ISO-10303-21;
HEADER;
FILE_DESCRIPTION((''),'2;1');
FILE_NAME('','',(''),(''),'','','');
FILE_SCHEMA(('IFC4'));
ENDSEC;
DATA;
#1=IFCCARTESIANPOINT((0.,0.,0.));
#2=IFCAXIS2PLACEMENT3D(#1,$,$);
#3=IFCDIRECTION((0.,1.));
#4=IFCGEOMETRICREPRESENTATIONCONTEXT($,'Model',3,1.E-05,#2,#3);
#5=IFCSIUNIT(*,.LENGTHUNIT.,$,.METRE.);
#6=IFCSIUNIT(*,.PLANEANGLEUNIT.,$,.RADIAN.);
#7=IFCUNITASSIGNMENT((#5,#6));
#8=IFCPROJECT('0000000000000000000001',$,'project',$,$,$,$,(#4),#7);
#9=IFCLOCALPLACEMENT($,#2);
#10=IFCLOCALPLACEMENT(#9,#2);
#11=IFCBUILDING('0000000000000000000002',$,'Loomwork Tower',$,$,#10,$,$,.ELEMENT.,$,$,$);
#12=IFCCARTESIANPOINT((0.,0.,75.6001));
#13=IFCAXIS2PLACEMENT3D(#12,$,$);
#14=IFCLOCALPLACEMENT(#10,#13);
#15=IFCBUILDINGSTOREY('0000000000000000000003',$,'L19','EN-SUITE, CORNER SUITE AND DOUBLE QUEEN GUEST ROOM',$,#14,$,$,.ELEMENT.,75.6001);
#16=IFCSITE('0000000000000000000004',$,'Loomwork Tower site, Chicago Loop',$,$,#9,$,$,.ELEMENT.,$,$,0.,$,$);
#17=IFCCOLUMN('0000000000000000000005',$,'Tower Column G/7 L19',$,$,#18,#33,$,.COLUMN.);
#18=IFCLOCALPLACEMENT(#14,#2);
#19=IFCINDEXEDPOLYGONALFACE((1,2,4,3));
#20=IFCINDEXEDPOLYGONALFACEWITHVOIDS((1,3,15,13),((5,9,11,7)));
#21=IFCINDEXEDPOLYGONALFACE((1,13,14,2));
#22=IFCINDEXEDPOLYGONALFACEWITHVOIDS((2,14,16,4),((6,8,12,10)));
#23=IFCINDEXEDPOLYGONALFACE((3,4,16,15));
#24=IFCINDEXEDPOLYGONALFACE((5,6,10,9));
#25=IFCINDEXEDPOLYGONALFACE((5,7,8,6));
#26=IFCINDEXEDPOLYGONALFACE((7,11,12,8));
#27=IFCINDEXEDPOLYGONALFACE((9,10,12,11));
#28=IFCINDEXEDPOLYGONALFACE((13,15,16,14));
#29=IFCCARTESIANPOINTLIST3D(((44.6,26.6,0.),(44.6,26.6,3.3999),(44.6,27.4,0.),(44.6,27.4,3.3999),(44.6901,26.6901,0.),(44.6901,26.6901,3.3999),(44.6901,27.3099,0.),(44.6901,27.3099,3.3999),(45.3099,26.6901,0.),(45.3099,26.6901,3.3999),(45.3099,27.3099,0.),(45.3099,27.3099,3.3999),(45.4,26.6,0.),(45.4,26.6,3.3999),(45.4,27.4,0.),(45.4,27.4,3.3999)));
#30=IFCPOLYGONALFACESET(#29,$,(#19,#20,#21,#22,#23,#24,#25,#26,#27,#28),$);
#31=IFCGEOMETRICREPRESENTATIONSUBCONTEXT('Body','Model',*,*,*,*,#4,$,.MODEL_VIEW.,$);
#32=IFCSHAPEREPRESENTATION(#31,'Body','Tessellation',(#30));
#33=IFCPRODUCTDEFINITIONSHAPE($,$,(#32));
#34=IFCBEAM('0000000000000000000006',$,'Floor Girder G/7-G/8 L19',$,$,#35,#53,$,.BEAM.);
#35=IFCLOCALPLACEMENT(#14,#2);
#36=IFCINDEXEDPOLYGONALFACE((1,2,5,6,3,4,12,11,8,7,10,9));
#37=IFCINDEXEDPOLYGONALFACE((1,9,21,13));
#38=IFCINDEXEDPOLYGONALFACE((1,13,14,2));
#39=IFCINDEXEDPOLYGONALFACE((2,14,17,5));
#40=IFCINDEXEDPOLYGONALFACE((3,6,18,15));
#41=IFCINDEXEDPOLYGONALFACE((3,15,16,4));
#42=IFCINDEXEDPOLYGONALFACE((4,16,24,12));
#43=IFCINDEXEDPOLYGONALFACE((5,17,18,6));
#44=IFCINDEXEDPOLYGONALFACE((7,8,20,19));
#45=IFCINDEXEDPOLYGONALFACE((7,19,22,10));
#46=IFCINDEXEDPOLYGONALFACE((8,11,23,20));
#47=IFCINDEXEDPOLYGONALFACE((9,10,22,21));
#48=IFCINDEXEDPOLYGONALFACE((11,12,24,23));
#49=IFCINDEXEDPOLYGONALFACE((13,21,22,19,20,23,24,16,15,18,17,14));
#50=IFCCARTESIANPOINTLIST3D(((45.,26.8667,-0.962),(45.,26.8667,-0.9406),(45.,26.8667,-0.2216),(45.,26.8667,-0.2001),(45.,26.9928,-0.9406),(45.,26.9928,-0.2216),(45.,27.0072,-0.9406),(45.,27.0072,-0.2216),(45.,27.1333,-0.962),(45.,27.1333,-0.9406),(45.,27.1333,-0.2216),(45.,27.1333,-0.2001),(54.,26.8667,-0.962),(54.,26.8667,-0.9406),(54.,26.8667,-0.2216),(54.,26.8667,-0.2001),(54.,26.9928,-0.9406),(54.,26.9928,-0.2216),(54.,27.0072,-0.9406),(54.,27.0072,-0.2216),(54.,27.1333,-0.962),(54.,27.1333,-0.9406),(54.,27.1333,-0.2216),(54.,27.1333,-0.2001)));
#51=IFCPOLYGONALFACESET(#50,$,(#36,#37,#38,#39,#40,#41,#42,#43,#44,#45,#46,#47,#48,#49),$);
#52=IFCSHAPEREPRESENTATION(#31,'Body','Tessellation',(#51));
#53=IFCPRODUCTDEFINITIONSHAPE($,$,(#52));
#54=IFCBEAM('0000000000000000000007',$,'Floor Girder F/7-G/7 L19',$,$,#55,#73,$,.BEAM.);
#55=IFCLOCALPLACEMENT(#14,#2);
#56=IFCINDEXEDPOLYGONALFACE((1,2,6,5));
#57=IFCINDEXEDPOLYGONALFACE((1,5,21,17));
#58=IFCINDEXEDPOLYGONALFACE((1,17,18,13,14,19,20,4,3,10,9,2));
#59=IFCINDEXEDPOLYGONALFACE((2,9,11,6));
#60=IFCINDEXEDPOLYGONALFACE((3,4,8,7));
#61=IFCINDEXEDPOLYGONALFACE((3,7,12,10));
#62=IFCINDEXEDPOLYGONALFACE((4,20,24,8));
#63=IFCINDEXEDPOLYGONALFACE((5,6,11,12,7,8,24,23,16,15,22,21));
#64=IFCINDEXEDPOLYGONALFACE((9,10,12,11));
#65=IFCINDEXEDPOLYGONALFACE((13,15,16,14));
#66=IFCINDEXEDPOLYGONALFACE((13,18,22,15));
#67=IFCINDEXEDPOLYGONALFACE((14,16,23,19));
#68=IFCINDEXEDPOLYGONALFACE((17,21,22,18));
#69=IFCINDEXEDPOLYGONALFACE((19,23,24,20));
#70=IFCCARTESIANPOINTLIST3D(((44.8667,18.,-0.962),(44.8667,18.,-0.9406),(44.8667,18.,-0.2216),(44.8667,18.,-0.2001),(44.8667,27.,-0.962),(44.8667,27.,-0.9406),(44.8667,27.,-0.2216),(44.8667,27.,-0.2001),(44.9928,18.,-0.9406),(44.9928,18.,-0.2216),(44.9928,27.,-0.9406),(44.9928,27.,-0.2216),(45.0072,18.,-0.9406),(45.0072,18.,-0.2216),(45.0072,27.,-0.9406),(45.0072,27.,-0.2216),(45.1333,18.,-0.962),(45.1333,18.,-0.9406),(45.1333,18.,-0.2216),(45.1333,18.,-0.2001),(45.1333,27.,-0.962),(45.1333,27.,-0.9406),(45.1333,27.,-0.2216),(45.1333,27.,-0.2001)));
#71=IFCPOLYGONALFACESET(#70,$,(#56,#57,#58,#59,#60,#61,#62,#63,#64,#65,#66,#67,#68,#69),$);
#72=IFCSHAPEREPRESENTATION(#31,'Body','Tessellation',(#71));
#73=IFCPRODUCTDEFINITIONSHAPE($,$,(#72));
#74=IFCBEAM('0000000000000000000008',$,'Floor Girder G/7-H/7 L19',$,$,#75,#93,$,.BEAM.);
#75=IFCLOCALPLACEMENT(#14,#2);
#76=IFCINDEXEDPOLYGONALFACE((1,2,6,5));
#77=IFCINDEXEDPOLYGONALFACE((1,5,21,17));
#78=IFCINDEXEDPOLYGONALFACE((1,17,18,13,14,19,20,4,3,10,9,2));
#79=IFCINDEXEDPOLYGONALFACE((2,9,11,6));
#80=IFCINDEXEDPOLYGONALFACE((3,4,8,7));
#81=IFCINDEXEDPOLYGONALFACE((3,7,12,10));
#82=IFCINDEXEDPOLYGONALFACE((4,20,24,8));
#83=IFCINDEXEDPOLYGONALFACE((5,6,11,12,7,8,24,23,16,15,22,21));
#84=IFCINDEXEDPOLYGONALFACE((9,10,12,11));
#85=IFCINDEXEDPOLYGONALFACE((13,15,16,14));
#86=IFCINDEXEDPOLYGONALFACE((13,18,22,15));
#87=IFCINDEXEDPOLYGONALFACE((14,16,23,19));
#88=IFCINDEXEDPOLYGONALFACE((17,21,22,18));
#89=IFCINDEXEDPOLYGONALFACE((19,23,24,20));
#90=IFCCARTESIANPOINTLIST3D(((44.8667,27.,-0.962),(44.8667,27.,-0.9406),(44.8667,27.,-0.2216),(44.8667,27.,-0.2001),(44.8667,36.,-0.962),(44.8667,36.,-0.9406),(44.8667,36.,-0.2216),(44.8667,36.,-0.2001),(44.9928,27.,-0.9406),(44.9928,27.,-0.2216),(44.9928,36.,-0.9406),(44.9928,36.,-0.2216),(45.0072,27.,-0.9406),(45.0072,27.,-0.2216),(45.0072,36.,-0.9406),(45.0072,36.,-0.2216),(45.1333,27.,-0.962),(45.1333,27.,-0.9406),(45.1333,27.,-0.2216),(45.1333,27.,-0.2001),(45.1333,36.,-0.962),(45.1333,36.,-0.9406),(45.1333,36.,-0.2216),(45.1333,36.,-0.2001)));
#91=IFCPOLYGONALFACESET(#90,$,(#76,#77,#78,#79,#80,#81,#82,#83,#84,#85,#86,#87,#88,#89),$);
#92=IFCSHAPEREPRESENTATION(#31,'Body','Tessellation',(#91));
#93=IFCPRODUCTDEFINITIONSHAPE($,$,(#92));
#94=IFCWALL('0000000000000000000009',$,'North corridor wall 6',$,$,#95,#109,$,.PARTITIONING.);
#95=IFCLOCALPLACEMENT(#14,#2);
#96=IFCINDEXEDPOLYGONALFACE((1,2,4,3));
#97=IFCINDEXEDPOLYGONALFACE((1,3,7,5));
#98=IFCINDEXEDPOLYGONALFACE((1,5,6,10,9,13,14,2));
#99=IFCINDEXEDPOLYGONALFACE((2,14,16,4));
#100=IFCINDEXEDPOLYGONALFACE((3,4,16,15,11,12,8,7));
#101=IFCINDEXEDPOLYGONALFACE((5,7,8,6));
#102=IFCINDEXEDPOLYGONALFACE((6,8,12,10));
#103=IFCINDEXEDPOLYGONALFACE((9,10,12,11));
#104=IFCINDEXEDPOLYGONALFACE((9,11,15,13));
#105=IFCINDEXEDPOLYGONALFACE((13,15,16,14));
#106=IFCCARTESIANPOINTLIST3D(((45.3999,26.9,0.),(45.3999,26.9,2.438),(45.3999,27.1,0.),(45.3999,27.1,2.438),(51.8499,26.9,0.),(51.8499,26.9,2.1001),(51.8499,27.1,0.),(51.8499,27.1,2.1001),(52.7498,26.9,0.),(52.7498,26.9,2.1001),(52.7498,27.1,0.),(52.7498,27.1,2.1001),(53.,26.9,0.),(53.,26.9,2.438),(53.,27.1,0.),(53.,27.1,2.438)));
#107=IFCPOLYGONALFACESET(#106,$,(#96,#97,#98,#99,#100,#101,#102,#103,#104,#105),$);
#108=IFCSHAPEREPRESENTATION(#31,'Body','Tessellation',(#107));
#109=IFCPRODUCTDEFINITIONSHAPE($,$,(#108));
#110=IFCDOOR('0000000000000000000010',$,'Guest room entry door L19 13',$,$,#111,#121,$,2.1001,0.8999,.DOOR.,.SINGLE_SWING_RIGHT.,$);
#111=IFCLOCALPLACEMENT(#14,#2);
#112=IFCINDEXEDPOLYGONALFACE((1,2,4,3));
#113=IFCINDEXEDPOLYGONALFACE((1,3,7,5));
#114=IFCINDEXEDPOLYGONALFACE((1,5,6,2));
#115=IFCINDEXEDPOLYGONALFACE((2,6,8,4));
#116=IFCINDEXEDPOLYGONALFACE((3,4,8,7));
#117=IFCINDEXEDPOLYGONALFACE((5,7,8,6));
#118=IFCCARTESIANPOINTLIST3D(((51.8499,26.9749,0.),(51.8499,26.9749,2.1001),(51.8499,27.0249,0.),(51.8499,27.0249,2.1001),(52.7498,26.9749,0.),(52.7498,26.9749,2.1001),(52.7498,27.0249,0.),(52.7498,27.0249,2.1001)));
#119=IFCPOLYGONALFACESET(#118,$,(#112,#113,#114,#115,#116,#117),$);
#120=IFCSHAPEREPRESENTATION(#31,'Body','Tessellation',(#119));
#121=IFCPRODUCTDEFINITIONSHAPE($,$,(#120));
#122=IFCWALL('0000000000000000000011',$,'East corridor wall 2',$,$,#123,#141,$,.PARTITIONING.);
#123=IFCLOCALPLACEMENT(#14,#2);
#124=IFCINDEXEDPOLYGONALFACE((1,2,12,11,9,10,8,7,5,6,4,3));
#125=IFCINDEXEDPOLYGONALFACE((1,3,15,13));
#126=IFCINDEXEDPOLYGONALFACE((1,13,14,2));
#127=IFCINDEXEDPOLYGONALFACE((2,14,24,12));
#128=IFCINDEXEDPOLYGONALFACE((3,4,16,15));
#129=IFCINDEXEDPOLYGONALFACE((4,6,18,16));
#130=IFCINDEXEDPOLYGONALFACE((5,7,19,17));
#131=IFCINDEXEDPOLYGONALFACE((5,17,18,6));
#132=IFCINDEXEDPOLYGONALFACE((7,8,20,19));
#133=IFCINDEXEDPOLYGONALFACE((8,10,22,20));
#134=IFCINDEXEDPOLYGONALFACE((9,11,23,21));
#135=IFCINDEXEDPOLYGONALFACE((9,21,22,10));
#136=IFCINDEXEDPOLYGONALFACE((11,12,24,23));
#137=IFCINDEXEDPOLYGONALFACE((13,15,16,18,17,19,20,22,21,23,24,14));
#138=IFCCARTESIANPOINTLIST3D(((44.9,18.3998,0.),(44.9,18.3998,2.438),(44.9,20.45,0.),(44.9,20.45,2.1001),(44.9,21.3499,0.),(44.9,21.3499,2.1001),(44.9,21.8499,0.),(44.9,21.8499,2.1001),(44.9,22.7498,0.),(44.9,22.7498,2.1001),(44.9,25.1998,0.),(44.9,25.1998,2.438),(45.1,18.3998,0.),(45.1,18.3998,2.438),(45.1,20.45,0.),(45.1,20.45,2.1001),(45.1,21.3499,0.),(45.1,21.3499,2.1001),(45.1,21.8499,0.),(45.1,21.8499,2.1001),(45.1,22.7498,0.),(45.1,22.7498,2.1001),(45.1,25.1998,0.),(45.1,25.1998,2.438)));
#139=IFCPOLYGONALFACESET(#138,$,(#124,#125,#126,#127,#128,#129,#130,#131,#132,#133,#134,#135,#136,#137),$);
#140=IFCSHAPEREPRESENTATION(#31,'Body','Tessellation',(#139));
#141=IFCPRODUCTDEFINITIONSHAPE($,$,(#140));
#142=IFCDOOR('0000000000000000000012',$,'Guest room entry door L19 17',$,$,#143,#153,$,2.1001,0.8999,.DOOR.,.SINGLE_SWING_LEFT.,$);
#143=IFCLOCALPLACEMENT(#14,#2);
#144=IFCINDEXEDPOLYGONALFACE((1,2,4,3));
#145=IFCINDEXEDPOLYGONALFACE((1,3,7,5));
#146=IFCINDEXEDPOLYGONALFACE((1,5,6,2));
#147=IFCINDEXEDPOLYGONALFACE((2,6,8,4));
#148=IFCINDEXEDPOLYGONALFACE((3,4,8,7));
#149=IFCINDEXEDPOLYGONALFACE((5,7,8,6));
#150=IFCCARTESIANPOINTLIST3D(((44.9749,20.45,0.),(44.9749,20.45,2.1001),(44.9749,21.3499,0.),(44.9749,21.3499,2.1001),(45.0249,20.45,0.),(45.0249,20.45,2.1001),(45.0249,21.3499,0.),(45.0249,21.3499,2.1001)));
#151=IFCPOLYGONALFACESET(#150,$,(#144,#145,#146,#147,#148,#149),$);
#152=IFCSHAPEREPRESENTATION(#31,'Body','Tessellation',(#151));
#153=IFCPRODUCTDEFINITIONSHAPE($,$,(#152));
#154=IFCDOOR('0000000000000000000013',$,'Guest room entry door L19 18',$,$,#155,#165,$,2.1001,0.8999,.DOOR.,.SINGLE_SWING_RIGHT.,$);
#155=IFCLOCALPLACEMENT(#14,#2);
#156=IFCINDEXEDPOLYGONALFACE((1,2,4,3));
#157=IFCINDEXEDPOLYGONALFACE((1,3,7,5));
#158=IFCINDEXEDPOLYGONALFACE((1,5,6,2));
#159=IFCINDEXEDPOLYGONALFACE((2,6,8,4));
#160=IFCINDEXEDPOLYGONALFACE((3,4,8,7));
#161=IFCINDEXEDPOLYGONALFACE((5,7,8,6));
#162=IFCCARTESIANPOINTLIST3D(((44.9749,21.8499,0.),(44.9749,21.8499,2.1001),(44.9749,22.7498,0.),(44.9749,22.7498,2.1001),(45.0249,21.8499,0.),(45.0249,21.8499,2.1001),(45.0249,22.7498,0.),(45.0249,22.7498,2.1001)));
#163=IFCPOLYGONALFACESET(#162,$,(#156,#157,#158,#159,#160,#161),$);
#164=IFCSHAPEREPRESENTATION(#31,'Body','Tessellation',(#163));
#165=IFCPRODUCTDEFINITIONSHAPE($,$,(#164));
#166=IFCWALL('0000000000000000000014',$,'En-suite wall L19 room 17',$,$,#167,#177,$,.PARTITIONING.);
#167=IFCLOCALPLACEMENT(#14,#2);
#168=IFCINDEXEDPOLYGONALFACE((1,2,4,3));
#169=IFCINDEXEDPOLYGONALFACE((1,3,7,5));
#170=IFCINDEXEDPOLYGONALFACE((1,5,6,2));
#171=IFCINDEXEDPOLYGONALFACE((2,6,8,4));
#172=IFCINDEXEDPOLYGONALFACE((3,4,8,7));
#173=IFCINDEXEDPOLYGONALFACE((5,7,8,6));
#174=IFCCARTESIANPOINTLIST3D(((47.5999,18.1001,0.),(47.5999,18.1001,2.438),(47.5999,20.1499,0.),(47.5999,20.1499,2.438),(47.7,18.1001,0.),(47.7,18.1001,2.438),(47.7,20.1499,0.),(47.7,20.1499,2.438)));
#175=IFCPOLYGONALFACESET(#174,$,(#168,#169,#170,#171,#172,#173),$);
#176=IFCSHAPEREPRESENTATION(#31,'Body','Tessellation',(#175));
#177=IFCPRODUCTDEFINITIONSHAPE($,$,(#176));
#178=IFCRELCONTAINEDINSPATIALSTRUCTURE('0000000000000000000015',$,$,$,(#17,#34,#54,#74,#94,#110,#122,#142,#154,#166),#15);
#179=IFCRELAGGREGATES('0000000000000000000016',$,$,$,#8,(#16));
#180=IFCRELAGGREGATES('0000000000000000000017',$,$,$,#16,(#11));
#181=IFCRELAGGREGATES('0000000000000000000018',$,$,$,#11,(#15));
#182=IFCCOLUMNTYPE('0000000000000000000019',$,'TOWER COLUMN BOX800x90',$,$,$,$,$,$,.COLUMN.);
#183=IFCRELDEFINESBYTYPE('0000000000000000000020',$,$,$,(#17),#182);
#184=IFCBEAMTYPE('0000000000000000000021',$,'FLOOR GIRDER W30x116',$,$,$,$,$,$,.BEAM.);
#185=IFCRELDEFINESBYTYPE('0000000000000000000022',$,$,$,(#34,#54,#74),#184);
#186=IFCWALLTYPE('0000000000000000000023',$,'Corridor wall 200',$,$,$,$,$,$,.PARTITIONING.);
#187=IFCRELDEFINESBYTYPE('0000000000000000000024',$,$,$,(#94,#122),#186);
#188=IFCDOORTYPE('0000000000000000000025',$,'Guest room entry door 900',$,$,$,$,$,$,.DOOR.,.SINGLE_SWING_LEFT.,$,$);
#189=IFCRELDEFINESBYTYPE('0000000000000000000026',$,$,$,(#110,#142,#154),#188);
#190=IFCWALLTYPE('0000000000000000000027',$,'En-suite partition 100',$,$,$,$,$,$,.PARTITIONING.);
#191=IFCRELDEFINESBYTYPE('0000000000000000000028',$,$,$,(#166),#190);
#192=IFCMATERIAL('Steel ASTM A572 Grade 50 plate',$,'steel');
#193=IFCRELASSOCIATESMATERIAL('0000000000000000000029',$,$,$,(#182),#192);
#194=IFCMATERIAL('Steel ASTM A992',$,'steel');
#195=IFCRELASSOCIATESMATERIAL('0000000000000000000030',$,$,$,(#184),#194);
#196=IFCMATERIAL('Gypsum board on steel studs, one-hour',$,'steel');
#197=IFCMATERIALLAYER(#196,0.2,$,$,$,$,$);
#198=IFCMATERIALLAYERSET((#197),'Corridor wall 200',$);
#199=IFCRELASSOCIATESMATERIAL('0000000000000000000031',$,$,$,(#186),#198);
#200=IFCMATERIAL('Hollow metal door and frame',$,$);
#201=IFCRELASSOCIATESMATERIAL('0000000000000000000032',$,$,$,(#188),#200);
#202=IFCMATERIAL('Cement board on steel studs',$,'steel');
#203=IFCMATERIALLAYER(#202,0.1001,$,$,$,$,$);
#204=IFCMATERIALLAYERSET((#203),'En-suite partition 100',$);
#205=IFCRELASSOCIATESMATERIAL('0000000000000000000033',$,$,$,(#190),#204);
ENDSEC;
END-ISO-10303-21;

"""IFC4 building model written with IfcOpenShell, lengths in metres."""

from ifc_helpers import new_model, si_unit, direction, frame, frame_2d, origin, origin_2d, place, context, subcontext, project, spatial, rectangle, hollow_rectangle, i_section, extrude, material, layer, layer_set, material_profile, profile_set, type_object, element, fill, save


model = new_model("IFC4")

# Units and contexts
model_context = context("Model", 3, precision=1e-05, world=origin(), true_north=direction((0.0, 1.0)))
body_context = subcontext(model_context, "Body", "Model", "MODEL_VIEW")
ifc_project = project(units=[si_unit("LENGTHUNIT", "METRE"), si_unit("PLANEANGLEUNIT", "RADIAN")], contexts=[model_context])

# Site, building, storey
site_placement = place(None, origin())
site = spatial("IfcSite", under=ifc_project, at=site_placement, Name="Loomwork Tower site, Chicago Loop", CompositionType="ELEMENT", RefElevation=0.0)
building_placement = place(site_placement, origin())
building = spatial("IfcBuilding", under=site, at=building_placement, Name="Loomwork Tower", CompositionType="ELEMENT")
storey_placement = place(building_placement, frame((0.0, 0.0, 75.6001)))
storey = spatial("IfcBuildingStorey", under=building, at=storey_placement, Name="L19", Description="EN-SUITE, CORNER SUITE AND DOUBLE QUEEN GUEST ROOM", CompositionType="ELEMENT", Elevation=75.6001)

# Column
ifc_material_1 = material(Name="Steel ASTM A572 Grade 50 plate", Category="steel")
ifc_material_profile_1 = material_profile(ifc_material_1, hollow_rectangle(XDim=0.8, YDim=0.8, WallThickness=0.0901, at=origin_2d()), Name="BOX800x90")
ifc_profile_set_1 = profile_set([ifc_material_profile_1], Name="Steel ASTM A572 Grade 50 plate")
column_type = type_object("IfcColumnType", Name="TOWER COLUMN BOX800x90", PredefinedType="COLUMN", material=ifc_profile_set_1)
column_placement = place(storey_placement, frame((45.0, 27.0, 0.0), z_axis=(0.0, 0.0, 1.0), x_axis=(0.0, 1.0, 0.0)))
element("IfcColumn", 1, at=column_placement, inside=storey, type_object=column_type, Name="Tower Column G/7 L19", PredefinedType="COLUMN", context=body_context, shape_type="SweptSolid", body=[
    extrude(hollow_rectangle(XDim=0.8, YDim=0.8, WallThickness=0.0901, at=origin_2d()), origin(), (0.0, 0.0, 1.0), 3.3999),
])

# Beams
ifc_material_2 = material(Name="Steel ASTM A992", Category="steel")
ifc_material_profile_2 = material_profile(ifc_material_2, i_section(OverallWidth=0.2666, OverallDepth=0.762, WebThickness=0.0144, FlangeThickness=0.0215, at=origin_2d()), Name="W30x116")
ifc_profile_set_2 = profile_set([ifc_material_profile_2], Name="Steel ASTM A992")
beam_type = type_object("IfcBeamType", Name="FLOOR GIRDER W30x116", PredefinedType="BEAM", material=ifc_profile_set_2)
for number, where, z_axis, x_axis, name in (
    (2, (45.0, 27.0, -0.5811), (1.0, 0.0, 0.0), (0.0, 1.0, 0.0), "Floor Girder G/7-G/8 L19"),
    (3, (45.0, 18.0, -0.5811), (0.0, 1.0, 0.0), (-1.0, 0.0, 0.0), "Floor Girder F/7-G/7 L19"),
    (4, (45.0, 27.0, -0.5811), (0.0, 1.0, 0.0), (-1.0, 0.0, 0.0), "Floor Girder G/7-H/7 L19"),
):
    element("IfcBeam", number, at=place(storey_placement, frame(where, z_axis=z_axis, x_axis=x_axis)), inside=storey, type_object=beam_type, Name=name, PredefinedType="BEAM", context=body_context, shape_type="SweptSolid", body=[
        extrude(i_section(OverallWidth=0.2666, OverallDepth=0.762, WebThickness=0.0144, FlangeThickness=0.0215, at=origin_2d()), origin(), (0.0, 0.0, 1.0), 9.0),
    ])

# Wall, opening, door
ifc_material_3 = material(Name="Gypsum board on steel studs, one-hour", Category="steel")
ifc_layer_1 = layer(ifc_material_3, 0.2)
ifc_layer_set_1 = layer_set([ifc_layer_1], Name="Corridor wall 200")
wall_type_1 = type_object("IfcWallType", Name="Corridor wall 200", PredefinedType="PARTITIONING", material=ifc_layer_set_1)
wall_1_placement = place(storey_placement, frame((45.3999, 27.0, 0.0), z_axis=(0.0, 0.0, 1.0), x_axis=(1.0, 0.0, 0.0)))
wall_1 = element("IfcWall", 5, at=wall_1_placement, inside=storey, type_object=wall_type_1, Name="North corridor wall 6", PredefinedType="PARTITIONING", context=body_context, shape_type="SweptSolid", body=[
    extrude(rectangle(XDim=7.6001, YDim=0.2, at=frame_2d((3.8, 0.0))), origin(), (0.0, 0.0, 1.0), 2.438),
])
opening_1_placement = place(wall_1_placement, frame((6.45, 0.0, 0.0)))
opening_1 = element("IfcOpeningElement", 6, at=opening_1_placement, cuts=wall_1, PredefinedType="OPENING", context=body_context, shape_type="SweptSolid", body=[
    extrude(rectangle(XDim=0.8999, YDim=2.1001, at=frame_2d((0.45, 1.05))), frame((0.0, 0.1099, 0.0), z_axis=(0.0, -1.0, 0.0), x_axis=(1.0, 0.0, 0.0)), (0.0, 0.0, 1.0), 0.22),
])
ifc_material_4 = material(Name="Hollow metal door and frame")
door_type_1 = type_object("IfcDoorType", Name="Guest room entry door 900", OperationType="SINGLE_SWING_LEFT", PredefinedType="DOOR", material=ifc_material_4)
door_1_placement = place(opening_1_placement, origin())
door_1 = element("IfcDoor", 7, at=door_1_placement, inside=storey, type_object=door_type_1, Name="Guest room entry door L19 13", OperationType="SINGLE_SWING_RIGHT", OverallHeight=2.1001, OverallWidth=0.8999, PredefinedType="DOOR", context=body_context, shape_type="SweptSolid", body=[
    extrude(rectangle(XDim=0.8999, YDim=2.1001, at=frame_2d((0.45, 1.05))), frame((0.0, 0.0249, 0.0), z_axis=(0.0, -1.0, 0.0), x_axis=(1.0, 0.0, 0.0)), (0.0, 0.0, 1.0), 0.05),
])
fill(opening_1, door_1)

# Wall, openings, doors
wall_2_placement = place(storey_placement, frame((45.0, 18.3999, 0.0), z_axis=(0.0, 0.0, 1.0), x_axis=(0.0, 1.0, 0.0)))
wall_2 = element("IfcWall", 8, at=wall_2_placement, inside=storey, type_object=wall_type_1, Name="East corridor wall 2", PredefinedType="PARTITIONING", context=body_context, shape_type="SweptSolid", body=[
    extrude(rectangle(XDim=6.8, YDim=0.2, at=frame_2d((3.3999, 0.0))), origin(), (0.0, 0.0, 1.0), 2.438),
])
opening_2_placement = place(wall_2_placement, frame((2.05, 0.0, 0.0)))
opening_2 = element("IfcOpeningElement", 9, at=opening_2_placement, cuts=wall_2, PredefinedType="OPENING", context=body_context, shape_type="SweptSolid", body=[
    extrude(rectangle(XDim=0.8999, YDim=2.1001, at=frame_2d((0.45, 1.05))), frame((0.0, 0.1099, 0.0), z_axis=(0.0, -1.0, 0.0), x_axis=(1.0, 0.0, 0.0)), (0.0, 0.0, 1.0), 0.22),
])
opening_3_placement = place(wall_2_placement, frame((3.45, 0.0, 0.0)))
opening_3 = element("IfcOpeningElement", 10, at=opening_3_placement, cuts=wall_2, PredefinedType="OPENING", context=body_context, shape_type="SweptSolid", body=[
    extrude(rectangle(XDim=0.8999, YDim=2.1001, at=frame_2d((0.45, 1.05))), frame((0.0, 0.1099, 0.0), z_axis=(0.0, -1.0, 0.0), x_axis=(1.0, 0.0, 0.0)), (0.0, 0.0, 1.0), 0.22),
])
door_2_placement = place(opening_2_placement, frame((0.8999, 0.0, 0.0), z_axis=(0.0, 0.0, 1.0), x_axis=(-1.0, 0.0, 0.0)))
door_2 = element("IfcDoor", 11, at=door_2_placement, inside=storey, type_object=door_type_1, Name="Guest room entry door L19 17", OperationType="SINGLE_SWING_LEFT", OverallHeight=2.1001, OverallWidth=0.8999, PredefinedType="DOOR", context=body_context, shape_type="SweptSolid", body=[
    extrude(rectangle(XDim=0.8999, YDim=2.1001, at=frame_2d((0.45, 1.05))), frame((0.0, 0.0249, 0.0), z_axis=(0.0, -1.0, 0.0), x_axis=(1.0, 0.0, 0.0)), (0.0, 0.0, 1.0), 0.05),
])
fill(opening_2, door_2)
door_3_placement = place(opening_3_placement, frame((0.8999, 0.0, 0.0), z_axis=(0.0, 0.0, 1.0), x_axis=(-1.0, 0.0, 0.0)))
door_3 = element("IfcDoor", 12, at=door_3_placement, inside=storey, type_object=door_type_1, Name="Guest room entry door L19 18", OperationType="SINGLE_SWING_RIGHT", OverallHeight=2.1001, OverallWidth=0.8999, PredefinedType="DOOR", context=body_context, shape_type="SweptSolid", body=[
    extrude(rectangle(XDim=0.8999, YDim=2.1001, at=frame_2d((0.45, 1.05))), frame((0.0, 0.0249, 0.0), z_axis=(0.0, -1.0, 0.0), x_axis=(1.0, 0.0, 0.0)), (0.0, 0.0, 1.0), 0.05),
])
fill(opening_3, door_3)

# Wall
ifc_material_5 = material(Name="Cement board on steel studs", Category="steel")
ifc_layer_2 = layer(ifc_material_5, 0.1001)
ifc_layer_set_2 = layer_set([ifc_layer_2], Name="En-suite partition 100")
wall_type_2 = type_object("IfcWallType", Name="En-suite partition 100", PredefinedType="PARTITIONING", material=ifc_layer_set_2)
wall_3_placement = place(storey_placement, frame((47.6499, 18.1001, 0.0), z_axis=(0.0, 0.0, 1.0), x_axis=(0.0, 1.0, 0.0)))
element("IfcWall", 13, at=wall_3_placement, inside=storey, type_object=wall_type_2, Name="En-suite wall L19 room 17", PredefinedType="PARTITIONING", context=body_context, shape_type="SweptSolid", body=[
    extrude(rectangle(XDim=2.0498, YDim=0.1001, at=frame_2d((1.0249, 0.0))), origin(), (0.0, 0.0, 1.0), 2.438),
])

save(model, "model.ifc")
